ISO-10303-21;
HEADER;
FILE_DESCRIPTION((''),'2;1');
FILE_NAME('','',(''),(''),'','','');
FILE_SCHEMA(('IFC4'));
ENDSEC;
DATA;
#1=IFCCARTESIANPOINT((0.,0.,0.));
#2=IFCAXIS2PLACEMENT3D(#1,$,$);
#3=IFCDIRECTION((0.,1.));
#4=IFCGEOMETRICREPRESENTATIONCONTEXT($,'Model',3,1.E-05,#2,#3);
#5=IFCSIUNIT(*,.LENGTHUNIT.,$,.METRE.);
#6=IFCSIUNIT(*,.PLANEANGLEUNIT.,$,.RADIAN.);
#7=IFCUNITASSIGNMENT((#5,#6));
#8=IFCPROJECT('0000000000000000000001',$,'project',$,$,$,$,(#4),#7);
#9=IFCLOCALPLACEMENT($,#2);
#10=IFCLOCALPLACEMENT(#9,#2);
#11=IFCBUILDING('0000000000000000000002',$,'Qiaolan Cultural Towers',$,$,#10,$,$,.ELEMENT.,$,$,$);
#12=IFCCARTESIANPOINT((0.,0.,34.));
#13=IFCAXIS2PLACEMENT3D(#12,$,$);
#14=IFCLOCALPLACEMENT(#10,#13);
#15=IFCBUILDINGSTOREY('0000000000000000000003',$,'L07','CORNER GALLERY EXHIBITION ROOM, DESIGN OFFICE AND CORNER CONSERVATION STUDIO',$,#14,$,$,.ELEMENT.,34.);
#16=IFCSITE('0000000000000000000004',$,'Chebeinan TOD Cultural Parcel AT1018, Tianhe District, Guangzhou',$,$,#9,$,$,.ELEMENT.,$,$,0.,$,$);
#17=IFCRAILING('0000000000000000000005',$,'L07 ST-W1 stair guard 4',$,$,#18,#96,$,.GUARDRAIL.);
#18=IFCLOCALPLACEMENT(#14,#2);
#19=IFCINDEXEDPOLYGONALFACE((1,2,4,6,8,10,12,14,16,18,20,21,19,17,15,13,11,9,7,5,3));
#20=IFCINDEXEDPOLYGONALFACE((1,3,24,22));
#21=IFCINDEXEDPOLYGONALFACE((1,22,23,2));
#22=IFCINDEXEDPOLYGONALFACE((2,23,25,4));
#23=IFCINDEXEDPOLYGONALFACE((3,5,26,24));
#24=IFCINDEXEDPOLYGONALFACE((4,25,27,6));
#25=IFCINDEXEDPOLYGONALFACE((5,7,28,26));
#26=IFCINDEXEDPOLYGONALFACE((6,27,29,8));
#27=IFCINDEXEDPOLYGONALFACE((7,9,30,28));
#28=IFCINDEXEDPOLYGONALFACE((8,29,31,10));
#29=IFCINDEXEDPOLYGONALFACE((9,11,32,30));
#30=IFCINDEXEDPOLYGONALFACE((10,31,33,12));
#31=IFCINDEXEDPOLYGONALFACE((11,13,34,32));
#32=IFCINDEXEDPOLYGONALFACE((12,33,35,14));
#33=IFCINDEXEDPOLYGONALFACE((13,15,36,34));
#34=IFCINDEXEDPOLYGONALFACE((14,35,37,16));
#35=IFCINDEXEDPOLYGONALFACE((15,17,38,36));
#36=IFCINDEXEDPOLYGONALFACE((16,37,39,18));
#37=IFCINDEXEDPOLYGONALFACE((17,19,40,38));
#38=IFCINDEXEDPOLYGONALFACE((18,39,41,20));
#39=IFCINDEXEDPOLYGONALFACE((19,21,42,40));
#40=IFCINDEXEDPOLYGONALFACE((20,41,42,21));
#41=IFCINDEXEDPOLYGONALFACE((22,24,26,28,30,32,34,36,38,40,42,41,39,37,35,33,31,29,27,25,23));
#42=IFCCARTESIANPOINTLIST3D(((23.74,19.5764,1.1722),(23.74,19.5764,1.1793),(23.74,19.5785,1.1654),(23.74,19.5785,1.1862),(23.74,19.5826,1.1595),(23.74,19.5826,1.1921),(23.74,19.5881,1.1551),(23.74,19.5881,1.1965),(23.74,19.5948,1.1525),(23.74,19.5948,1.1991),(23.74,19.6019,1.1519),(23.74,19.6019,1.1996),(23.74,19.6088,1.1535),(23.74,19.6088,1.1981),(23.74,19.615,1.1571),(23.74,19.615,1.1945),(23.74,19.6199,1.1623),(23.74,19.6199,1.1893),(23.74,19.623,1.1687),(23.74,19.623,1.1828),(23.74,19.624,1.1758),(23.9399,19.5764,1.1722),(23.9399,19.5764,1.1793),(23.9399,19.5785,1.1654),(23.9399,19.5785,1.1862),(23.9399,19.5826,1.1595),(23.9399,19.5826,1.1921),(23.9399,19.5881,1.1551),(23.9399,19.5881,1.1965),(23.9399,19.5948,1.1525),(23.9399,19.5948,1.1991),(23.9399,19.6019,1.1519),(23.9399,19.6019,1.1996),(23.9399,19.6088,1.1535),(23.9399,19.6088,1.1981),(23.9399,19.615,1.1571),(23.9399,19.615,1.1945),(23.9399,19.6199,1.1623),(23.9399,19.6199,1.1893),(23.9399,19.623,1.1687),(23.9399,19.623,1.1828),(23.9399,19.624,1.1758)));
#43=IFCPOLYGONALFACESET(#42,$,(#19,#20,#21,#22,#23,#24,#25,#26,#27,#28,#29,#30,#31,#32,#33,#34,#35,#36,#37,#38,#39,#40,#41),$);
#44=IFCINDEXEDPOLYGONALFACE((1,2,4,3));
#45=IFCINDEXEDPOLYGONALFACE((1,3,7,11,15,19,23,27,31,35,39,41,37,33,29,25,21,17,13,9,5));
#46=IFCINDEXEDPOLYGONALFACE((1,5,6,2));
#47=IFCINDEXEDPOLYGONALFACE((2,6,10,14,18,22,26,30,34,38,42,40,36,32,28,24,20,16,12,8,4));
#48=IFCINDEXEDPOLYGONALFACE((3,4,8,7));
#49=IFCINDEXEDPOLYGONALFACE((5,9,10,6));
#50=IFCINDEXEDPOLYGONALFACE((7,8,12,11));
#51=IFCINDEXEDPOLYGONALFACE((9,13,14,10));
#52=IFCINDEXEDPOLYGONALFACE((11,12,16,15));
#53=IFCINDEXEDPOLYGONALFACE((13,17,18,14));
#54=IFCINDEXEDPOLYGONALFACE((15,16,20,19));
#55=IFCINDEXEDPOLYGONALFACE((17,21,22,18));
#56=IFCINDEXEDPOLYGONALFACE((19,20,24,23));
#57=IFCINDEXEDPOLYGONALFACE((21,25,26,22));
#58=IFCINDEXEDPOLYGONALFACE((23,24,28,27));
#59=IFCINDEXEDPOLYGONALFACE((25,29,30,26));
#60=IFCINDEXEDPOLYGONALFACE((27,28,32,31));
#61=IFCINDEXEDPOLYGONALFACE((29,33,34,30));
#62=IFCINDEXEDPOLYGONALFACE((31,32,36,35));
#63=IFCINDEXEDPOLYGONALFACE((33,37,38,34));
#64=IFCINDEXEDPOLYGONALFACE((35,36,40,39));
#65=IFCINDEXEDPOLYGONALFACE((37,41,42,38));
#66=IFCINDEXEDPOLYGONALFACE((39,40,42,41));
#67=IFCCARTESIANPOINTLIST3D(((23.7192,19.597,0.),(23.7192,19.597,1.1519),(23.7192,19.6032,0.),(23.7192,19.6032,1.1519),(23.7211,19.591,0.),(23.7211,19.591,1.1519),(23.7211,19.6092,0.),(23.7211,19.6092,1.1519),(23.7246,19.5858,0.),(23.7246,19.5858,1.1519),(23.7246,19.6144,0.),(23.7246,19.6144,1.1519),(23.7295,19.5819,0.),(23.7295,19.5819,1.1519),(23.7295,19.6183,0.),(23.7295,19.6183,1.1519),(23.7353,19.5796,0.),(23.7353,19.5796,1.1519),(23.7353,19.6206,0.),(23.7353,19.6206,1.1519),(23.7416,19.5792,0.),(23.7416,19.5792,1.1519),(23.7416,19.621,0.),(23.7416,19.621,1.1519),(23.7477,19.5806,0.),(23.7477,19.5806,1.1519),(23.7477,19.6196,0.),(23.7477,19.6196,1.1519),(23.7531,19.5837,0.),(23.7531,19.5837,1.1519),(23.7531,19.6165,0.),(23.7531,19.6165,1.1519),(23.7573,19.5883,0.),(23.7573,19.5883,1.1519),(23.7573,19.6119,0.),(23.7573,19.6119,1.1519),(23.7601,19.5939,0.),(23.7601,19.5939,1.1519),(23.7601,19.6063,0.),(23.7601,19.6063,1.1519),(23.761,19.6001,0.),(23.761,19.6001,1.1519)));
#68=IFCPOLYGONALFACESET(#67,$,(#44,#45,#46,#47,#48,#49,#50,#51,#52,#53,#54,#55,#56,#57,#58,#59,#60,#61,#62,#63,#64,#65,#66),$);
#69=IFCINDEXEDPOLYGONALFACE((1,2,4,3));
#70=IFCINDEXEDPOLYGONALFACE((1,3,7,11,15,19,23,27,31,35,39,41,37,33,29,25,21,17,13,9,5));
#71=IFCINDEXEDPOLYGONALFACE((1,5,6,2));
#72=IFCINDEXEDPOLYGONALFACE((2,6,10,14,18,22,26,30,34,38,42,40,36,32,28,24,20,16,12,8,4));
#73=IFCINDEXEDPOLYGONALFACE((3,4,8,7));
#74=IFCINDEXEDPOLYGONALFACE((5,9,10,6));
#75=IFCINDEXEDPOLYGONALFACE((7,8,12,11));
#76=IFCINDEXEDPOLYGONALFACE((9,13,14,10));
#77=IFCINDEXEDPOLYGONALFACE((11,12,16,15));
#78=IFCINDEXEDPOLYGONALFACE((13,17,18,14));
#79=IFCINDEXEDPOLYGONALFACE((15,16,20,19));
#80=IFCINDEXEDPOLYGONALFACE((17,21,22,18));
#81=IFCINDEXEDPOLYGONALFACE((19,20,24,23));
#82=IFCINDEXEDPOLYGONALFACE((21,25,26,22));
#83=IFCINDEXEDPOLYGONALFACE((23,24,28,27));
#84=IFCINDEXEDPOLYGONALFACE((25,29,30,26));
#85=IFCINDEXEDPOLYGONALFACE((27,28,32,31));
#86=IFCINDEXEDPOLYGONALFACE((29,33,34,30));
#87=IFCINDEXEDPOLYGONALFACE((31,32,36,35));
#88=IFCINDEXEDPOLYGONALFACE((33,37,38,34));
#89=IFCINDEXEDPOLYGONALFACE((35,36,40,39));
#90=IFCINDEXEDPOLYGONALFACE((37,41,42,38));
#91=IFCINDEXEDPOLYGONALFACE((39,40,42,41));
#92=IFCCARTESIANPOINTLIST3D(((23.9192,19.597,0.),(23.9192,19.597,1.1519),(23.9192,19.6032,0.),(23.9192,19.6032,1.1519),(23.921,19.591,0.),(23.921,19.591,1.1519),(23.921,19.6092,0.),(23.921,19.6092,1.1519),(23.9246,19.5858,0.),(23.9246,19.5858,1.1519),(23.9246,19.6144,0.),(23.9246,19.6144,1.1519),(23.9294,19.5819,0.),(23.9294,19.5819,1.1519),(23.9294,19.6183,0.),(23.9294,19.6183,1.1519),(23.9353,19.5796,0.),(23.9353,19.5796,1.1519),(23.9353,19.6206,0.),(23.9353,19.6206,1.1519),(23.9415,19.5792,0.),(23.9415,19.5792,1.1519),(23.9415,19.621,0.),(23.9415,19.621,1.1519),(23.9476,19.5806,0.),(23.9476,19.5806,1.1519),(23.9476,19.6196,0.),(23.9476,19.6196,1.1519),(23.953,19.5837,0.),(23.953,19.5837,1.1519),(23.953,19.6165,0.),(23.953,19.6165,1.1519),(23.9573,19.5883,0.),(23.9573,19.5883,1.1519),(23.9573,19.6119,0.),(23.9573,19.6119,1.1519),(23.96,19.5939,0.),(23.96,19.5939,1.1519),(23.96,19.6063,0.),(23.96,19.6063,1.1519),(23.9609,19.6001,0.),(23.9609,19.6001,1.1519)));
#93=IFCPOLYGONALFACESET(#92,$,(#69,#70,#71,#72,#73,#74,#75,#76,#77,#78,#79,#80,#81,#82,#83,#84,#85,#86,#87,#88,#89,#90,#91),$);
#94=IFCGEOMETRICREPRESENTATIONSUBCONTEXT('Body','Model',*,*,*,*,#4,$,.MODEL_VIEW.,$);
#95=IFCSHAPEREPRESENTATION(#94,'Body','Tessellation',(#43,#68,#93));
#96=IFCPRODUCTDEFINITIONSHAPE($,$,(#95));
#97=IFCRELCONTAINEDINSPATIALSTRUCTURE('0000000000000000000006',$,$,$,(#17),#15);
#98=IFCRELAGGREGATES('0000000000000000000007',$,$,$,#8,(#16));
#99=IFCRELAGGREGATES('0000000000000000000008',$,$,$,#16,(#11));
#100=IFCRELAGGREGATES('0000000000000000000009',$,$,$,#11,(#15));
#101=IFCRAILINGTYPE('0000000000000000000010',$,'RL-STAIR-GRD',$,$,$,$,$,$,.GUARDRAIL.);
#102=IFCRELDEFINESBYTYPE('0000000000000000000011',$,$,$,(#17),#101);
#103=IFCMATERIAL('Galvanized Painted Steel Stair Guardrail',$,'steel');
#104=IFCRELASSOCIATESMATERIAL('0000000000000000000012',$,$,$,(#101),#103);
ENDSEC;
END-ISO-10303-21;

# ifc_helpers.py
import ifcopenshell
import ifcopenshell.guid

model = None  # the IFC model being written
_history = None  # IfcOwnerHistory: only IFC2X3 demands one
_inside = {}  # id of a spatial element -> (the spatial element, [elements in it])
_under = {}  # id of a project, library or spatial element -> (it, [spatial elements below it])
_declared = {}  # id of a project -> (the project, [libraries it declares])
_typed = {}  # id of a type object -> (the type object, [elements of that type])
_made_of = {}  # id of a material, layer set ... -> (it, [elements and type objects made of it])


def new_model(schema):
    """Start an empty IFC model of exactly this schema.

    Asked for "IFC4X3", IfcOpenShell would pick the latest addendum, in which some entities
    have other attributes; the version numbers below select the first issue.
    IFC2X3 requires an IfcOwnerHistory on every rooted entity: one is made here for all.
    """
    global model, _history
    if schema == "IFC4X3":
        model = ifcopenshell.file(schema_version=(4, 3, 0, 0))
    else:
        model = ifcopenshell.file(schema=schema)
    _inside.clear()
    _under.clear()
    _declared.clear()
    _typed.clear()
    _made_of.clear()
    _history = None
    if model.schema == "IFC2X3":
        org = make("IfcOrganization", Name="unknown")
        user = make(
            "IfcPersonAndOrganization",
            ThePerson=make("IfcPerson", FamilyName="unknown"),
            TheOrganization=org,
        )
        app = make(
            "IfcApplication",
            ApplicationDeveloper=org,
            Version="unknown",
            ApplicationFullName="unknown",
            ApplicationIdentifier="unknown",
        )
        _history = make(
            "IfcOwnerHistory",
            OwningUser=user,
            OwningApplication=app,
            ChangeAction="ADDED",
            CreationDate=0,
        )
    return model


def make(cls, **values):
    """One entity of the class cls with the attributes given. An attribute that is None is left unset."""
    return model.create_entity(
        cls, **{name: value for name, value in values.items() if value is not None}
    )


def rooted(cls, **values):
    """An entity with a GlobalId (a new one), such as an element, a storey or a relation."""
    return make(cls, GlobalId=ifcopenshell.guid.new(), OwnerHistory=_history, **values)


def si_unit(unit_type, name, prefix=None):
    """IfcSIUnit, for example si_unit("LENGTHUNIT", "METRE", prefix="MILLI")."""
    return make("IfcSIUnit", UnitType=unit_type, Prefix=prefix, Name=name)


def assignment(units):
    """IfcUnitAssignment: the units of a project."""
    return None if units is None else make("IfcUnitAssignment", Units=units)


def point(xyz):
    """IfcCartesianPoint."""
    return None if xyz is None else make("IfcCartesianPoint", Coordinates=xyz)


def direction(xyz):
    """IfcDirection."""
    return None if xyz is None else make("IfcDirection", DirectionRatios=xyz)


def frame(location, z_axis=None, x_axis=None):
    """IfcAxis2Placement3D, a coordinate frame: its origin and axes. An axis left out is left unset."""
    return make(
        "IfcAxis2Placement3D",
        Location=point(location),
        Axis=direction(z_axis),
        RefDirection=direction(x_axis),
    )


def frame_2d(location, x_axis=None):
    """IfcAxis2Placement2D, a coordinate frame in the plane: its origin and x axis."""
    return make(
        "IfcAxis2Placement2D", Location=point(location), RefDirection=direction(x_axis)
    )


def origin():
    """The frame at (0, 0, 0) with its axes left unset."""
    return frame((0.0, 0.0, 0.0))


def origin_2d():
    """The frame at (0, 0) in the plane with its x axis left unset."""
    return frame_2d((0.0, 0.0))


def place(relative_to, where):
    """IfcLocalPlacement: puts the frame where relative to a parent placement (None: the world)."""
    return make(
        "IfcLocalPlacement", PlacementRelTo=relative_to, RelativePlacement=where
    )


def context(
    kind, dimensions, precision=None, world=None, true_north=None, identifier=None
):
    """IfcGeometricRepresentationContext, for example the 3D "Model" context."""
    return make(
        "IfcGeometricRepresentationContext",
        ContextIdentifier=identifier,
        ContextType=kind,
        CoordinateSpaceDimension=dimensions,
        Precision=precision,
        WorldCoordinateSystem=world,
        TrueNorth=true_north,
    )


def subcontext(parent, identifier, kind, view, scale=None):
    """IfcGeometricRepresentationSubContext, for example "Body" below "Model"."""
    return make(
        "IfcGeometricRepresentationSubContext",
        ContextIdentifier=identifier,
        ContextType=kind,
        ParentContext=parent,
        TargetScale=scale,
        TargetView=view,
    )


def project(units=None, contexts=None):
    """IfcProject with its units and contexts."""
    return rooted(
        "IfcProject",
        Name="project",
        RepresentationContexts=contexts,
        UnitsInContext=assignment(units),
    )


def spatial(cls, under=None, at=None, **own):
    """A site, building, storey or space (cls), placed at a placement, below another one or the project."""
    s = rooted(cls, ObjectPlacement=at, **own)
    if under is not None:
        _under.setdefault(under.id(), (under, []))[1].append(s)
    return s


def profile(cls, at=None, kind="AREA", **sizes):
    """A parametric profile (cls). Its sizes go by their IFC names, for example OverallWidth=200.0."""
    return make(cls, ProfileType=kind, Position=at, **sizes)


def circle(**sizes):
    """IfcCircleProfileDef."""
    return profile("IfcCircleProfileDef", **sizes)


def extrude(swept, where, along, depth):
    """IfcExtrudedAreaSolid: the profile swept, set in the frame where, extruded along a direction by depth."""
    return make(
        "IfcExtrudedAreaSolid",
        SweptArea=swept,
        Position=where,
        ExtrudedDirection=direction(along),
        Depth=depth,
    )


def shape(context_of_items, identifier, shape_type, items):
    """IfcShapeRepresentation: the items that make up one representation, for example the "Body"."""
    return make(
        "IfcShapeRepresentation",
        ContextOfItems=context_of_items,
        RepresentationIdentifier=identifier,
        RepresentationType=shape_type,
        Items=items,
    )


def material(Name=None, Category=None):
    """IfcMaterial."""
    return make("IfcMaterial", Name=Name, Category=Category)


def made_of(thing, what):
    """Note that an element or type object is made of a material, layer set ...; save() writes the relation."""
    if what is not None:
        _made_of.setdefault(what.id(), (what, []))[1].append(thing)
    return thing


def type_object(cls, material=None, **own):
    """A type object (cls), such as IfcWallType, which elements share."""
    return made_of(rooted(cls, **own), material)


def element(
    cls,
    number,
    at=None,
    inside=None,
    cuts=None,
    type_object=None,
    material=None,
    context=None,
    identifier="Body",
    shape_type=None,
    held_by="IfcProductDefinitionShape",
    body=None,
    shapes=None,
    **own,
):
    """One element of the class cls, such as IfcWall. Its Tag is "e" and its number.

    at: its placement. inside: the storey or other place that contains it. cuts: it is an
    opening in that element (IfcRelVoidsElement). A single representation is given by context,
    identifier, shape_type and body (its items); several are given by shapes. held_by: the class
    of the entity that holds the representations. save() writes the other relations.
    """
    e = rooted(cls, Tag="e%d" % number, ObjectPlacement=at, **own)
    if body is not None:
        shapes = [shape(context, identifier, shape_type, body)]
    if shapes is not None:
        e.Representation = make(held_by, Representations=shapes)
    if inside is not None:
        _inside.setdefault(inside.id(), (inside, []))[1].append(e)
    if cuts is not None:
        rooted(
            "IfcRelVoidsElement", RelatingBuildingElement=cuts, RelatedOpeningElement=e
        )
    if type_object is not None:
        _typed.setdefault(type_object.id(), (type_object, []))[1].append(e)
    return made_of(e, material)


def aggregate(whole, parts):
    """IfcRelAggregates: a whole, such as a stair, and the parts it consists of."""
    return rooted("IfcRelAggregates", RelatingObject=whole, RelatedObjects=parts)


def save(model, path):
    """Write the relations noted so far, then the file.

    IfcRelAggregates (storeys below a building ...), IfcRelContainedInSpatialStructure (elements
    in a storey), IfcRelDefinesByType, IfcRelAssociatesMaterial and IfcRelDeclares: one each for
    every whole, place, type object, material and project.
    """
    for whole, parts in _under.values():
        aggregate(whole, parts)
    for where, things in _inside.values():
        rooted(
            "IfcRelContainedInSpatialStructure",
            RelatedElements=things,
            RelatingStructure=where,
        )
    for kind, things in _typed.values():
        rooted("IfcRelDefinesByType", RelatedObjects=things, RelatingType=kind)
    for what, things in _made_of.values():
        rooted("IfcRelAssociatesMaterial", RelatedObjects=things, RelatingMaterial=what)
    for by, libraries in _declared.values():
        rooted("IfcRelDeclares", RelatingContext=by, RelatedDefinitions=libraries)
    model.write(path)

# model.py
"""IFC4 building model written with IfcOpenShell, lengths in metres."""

from ifc_helpers import new_model, si_unit, direction, frame, origin, origin_2d, place, context, subcontext, project, spatial, circle, extrude, material, type_object, element, save


model = new_model("IFC4")

# Units and contexts
model_context = context("Model", 3, precision=1e-05, world=origin(), true_north=direction((0.0, 1.0)))
body_context = subcontext(model_context, "Body", "Model", "MODEL_VIEW")
ifc_project = project(units=[si_unit("LENGTHUNIT", "METRE"), si_unit("PLANEANGLEUNIT", "RADIAN")], contexts=[model_context])

# Site, building, storey
site_placement = place(None, origin())
site = spatial("IfcSite", under=ifc_project, at=site_placement, Name="Chebeinan TOD Cultural Parcel AT1018, Tianhe District, Guangzhou", CompositionType="ELEMENT", RefElevation=0.0)
building_placement = place(site_placement, origin())
building = spatial("IfcBuilding", under=site, at=building_placement, Name="Qiaolan Cultural Towers", CompositionType="ELEMENT")
storey_placement = place(building_placement, frame((0.0, 0.0, 34.0)))
storey = spatial("IfcBuildingStorey", under=building, at=storey_placement, Name="L07", Description="CORNER GALLERY EXHIBITION ROOM, DESIGN OFFICE AND CORNER CONSERVATION STUDIO", CompositionType="ELEMENT", Elevation=34.0)

# Railing
ifc_material_1 = material(Name="Galvanized Painted Steel Stair Guardrail", Category="steel")
railing_type_1 = type_object("IfcRailingType", Name="RL-STAIR-GRD", PredefinedType="GUARDRAIL", material=ifc_material_1)
railing_1_placement = place(storey_placement, frame((23.74, 19.6001, 0.0)))
element("IfcRailing", 1, at=railing_1_placement, inside=storey, type_object=railing_type_1, Name="L07 ST-W1 stair guard 4", PredefinedType="GUARDRAIL", context=body_context, shape_type="SweptSolid", body=[
    extrude(circle(Radius=0.0239, at=origin_2d()), frame((0.0, 0.0, 1.1758), z_axis=(1.0, 0.0, 0.0), x_axis=(0.0, 1.0, 0.0)), (0.0, 0.0, 1.0), 0.2),
    extrude(circle(Radius=0.021, at=origin_2d()), origin(), (0.0, 0.0, 1.0), 1.1519),
    extrude(circle(Radius=0.021, at=origin_2d()), frame((0.2, 0.0, 0.0)), (0.0, 0.0, 1.0), 1.1519),
])

save(model, "model.ifc")
